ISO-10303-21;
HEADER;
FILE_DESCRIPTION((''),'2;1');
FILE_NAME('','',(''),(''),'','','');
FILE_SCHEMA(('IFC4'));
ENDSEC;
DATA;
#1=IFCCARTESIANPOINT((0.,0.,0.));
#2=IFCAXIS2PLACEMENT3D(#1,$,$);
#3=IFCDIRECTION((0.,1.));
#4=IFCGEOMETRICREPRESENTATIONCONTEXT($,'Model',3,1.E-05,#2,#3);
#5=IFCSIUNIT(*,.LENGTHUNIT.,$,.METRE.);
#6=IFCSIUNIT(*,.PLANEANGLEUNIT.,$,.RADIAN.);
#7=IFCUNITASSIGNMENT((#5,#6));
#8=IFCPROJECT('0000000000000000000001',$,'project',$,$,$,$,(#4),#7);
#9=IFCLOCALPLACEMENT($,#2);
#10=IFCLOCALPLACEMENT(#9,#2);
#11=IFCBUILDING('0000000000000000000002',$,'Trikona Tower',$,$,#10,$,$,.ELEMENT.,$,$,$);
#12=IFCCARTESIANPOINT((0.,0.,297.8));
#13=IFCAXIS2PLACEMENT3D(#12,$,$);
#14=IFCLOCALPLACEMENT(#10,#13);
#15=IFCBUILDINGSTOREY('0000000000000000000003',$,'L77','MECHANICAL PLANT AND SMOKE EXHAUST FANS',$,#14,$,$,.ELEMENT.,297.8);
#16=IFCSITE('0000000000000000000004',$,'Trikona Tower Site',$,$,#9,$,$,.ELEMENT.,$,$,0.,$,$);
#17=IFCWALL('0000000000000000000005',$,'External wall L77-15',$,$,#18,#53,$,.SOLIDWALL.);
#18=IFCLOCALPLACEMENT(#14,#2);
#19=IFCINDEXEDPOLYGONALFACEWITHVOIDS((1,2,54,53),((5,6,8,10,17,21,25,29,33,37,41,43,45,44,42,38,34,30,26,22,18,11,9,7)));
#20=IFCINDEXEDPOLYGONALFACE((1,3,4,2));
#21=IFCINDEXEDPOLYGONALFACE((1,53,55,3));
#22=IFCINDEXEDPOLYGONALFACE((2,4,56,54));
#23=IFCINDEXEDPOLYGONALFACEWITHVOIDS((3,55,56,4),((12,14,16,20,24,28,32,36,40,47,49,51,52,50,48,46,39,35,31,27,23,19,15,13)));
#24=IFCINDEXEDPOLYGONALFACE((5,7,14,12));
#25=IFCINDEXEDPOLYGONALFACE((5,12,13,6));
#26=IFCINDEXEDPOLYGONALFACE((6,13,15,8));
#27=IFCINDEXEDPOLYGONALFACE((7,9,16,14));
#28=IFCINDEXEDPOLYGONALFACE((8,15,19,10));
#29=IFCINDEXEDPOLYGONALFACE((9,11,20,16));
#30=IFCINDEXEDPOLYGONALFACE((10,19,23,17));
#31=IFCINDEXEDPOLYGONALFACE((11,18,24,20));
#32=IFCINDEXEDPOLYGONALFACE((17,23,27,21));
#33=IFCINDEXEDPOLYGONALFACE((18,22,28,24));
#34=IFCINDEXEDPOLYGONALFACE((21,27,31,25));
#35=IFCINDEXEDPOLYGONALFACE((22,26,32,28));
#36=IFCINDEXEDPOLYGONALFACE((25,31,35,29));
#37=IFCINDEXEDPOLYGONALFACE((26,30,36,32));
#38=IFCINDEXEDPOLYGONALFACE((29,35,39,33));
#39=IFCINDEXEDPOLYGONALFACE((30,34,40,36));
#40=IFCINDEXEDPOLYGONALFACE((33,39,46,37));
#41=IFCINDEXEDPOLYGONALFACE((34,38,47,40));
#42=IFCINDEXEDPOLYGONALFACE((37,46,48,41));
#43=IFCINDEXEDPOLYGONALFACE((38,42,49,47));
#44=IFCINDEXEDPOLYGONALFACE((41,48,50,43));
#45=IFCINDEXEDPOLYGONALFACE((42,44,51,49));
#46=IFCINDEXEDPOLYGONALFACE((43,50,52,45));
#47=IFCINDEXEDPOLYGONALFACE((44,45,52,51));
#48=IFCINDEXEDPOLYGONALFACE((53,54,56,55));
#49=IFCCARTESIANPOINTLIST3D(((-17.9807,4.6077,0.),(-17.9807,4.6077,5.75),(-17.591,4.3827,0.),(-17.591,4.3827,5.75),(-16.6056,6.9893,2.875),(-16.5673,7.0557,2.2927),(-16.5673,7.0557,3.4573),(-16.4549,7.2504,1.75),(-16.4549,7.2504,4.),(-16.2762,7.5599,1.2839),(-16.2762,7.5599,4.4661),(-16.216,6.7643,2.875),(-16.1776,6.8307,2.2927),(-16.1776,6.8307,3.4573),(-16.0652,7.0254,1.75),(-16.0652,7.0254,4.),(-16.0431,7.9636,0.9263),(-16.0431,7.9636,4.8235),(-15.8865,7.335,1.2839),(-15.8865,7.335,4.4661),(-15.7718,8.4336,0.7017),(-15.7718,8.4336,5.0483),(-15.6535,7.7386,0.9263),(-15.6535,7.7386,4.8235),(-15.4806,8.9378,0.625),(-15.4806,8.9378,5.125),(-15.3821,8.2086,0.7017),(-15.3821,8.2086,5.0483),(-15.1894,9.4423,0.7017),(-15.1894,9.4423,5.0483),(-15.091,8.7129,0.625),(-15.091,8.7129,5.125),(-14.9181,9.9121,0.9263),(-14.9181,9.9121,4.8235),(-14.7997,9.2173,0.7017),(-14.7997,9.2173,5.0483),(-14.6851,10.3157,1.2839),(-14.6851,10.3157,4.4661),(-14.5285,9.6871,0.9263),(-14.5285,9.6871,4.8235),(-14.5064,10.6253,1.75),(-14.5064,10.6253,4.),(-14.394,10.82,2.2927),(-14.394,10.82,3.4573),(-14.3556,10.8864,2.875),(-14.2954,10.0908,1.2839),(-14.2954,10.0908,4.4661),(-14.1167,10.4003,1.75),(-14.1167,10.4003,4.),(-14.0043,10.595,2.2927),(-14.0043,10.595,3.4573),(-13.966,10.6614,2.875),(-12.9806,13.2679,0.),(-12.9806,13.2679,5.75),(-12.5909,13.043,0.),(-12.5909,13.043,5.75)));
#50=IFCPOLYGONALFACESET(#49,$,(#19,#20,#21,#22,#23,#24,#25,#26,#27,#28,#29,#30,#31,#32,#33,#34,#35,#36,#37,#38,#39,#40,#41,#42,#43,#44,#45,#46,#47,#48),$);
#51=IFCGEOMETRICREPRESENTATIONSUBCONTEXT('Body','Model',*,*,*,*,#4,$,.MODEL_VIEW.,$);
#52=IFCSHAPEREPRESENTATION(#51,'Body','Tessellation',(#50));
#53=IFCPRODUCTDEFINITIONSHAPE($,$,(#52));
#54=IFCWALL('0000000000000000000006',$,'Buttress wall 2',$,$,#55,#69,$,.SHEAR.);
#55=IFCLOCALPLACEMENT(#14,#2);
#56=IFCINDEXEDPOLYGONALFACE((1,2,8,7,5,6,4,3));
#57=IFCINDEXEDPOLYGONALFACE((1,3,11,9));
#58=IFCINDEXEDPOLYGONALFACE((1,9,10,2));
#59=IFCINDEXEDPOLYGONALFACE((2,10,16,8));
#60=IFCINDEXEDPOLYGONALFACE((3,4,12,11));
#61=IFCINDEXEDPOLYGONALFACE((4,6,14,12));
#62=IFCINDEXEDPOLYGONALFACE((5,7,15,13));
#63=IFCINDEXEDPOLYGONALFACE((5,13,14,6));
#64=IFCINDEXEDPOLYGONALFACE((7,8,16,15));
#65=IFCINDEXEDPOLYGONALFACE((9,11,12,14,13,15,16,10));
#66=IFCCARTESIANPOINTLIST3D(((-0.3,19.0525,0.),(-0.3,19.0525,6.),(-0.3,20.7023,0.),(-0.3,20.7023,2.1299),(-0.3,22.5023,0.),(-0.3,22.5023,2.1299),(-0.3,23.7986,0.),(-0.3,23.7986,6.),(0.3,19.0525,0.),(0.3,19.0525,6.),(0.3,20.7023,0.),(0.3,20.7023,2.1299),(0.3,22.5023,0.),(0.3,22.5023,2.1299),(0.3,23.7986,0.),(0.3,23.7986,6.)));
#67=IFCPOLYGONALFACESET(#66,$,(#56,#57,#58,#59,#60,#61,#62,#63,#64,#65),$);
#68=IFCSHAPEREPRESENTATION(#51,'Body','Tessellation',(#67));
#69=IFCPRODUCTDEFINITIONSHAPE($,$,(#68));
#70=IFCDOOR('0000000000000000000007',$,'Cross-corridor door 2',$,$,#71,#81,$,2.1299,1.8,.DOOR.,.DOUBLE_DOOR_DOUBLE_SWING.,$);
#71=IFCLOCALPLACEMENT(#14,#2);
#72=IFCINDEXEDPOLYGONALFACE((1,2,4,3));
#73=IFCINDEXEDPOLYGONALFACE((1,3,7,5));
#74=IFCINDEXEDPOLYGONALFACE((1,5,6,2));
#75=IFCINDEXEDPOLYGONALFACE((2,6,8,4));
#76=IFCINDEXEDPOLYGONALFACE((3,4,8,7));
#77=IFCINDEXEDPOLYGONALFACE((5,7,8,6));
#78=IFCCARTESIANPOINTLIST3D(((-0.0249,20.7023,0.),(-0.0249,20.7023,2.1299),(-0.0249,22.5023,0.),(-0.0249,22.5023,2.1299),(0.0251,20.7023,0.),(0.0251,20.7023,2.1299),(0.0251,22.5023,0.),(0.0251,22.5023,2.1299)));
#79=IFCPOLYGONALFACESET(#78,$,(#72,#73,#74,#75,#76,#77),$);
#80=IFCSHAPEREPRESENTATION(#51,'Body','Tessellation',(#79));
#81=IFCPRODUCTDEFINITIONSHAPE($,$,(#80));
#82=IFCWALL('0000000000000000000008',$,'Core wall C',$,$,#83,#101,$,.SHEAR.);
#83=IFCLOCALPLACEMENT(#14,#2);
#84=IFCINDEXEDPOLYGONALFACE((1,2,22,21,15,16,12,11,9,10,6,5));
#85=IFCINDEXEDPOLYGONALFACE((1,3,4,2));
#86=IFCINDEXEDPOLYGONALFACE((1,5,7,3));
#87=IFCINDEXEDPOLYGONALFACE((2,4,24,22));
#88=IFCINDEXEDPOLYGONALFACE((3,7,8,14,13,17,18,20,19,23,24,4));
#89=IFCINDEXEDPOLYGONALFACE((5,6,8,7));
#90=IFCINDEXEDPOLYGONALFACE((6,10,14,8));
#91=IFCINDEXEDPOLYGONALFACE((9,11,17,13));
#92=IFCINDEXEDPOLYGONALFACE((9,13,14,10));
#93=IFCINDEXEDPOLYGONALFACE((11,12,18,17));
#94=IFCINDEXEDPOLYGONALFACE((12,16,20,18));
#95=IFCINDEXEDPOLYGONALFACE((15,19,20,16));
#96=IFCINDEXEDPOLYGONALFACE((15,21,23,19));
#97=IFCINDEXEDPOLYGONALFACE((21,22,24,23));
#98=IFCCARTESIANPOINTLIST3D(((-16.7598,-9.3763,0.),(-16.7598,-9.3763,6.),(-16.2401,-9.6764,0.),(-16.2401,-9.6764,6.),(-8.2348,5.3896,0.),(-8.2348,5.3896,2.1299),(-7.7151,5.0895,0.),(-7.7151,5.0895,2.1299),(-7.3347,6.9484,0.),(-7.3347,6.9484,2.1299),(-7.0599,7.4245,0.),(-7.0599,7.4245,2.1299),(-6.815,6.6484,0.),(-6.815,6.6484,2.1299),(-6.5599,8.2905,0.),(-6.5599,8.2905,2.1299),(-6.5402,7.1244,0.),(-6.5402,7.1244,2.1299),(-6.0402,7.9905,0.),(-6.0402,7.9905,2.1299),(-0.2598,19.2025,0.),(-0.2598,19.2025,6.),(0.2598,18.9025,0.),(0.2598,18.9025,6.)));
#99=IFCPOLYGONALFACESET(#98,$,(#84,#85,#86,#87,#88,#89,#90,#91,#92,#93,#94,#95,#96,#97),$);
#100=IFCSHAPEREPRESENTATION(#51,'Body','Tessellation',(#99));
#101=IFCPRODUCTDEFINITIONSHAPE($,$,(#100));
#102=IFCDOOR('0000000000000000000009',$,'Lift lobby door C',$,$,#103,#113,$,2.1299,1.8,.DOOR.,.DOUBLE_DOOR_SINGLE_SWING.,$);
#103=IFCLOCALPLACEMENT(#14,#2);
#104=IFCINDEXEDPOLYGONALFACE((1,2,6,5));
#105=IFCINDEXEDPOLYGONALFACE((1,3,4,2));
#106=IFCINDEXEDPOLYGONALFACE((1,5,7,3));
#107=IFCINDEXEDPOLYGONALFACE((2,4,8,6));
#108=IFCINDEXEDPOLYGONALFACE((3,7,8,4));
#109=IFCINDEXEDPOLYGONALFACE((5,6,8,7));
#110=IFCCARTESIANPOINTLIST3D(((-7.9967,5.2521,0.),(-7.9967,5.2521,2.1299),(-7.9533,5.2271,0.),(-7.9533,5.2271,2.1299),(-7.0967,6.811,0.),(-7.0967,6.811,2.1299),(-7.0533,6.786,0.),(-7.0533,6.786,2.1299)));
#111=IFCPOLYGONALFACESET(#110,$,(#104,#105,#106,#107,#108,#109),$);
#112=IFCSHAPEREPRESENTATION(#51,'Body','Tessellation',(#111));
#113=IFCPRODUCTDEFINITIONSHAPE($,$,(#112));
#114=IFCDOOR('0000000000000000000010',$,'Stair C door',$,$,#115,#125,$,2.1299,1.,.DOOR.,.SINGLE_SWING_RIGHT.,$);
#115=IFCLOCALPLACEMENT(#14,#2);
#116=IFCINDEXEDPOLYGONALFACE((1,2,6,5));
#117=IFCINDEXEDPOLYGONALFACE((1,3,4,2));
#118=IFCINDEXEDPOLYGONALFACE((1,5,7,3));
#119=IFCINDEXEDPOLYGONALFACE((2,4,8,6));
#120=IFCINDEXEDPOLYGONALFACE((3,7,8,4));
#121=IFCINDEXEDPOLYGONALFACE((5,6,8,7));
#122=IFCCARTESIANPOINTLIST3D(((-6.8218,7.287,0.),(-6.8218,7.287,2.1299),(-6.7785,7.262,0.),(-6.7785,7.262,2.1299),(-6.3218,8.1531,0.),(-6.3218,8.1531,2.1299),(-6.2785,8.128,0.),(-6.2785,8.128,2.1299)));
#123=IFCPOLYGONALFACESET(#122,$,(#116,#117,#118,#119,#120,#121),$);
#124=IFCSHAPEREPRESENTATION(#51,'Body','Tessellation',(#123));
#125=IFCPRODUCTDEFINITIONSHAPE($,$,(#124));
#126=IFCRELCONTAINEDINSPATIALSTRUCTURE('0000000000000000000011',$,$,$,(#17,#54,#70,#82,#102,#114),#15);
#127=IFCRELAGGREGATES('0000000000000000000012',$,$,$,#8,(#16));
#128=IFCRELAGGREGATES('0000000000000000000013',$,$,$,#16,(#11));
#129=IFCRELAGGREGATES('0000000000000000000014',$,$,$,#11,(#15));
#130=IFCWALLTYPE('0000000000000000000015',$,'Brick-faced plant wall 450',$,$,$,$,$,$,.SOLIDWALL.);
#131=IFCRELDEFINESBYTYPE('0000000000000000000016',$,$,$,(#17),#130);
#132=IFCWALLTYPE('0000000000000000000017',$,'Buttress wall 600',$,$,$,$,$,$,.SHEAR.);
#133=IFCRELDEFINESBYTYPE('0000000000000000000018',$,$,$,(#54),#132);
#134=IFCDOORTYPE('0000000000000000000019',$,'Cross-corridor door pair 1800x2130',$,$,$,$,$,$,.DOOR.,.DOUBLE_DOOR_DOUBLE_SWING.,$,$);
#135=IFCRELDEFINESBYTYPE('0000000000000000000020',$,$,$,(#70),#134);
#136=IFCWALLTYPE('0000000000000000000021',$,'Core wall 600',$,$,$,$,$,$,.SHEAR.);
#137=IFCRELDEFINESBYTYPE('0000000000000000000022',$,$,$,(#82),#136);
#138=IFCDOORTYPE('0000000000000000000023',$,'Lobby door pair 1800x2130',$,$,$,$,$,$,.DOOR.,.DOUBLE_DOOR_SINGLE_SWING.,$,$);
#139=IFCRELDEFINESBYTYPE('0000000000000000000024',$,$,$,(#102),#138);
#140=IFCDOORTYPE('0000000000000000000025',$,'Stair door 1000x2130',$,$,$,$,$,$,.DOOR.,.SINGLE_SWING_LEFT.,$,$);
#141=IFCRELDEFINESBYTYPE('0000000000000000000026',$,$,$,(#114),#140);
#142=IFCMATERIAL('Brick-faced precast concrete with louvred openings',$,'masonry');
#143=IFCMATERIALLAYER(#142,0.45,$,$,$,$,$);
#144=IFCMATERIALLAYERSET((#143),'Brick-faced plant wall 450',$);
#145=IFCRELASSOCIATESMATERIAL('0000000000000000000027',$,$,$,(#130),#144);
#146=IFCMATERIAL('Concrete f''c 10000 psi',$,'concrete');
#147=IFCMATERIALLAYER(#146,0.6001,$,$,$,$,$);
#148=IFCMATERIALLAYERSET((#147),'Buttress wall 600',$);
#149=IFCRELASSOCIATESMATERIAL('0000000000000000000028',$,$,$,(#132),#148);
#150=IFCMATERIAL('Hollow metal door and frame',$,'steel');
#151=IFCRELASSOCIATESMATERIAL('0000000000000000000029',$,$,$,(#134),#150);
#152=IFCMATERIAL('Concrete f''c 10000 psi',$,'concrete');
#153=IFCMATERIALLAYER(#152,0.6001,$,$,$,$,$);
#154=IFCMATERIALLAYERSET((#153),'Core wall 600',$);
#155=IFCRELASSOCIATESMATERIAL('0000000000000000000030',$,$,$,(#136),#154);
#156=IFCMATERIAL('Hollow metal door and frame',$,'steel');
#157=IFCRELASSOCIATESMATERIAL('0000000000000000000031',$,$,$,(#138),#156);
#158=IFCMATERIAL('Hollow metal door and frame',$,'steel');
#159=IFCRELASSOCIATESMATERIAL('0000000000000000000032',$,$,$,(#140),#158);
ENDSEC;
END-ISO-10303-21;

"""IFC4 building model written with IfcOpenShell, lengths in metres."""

from ifc_helpers import new_model, si_unit, direction, frame, frame_2d, origin, place, context, subcontext, project, spatial, polyline, rectangle, outline, extrude, material, layer, layer_set, type_object, element, fill, save


model = new_model("IFC4")

# Units and contexts
model_context = context("Model", 3, precision=1e-05, world=origin(), true_north=direction((0.0, 1.0)))
body_context = subcontext(model_context, "Body", "Model", "MODEL_VIEW")
ifc_project = project(units=[si_unit("LENGTHUNIT", "METRE"), si_unit("PLANEANGLEUNIT", "RADIAN")], contexts=[model_context])

# Site, building, storey
site_placement = place(None, origin())
site = spatial("IfcSite", under=ifc_project, at=site_placement, Name="Trikona Tower Site", CompositionType="ELEMENT", RefElevation=0.0)
building_placement = place(site_placement, origin())
building = spatial("IfcBuilding", under=site, at=building_placement, Name="Trikona Tower", CompositionType="ELEMENT")
storey_placement = place(building_placement, frame((0.0, 0.0, 297.8)))
storey = spatial("IfcBuildingStorey", under=building, at=storey_placement, Name="L77", Description="MECHANICAL PLANT AND SMOKE EXHAUST FANS", CompositionType="ELEMENT", Elevation=297.8)

# Wall
ifc_material_1 = material(Name="Brick-faced precast concrete with louvred openings", Category="masonry")
ifc_layer_1 = layer(ifc_material_1, 0.45)
ifc_layer_set_1 = layer_set([ifc_layer_1], Name="Brick-faced plant wall 450")
wall_type_1 = type_object("IfcWallType", Name="Brick-faced plant wall 450", PredefinedType="SOLIDWALL", material=ifc_layer_set_1)
wall_1_placement = place(storey_placement, frame((-12.7859, 13.1555, 0.0), z_axis=(0.0, 0.0, 1.0), x_axis=(-0.500004, -0.866023, 0.0)))
element("IfcWall", 1, at=wall_1_placement, inside=storey, type_object=wall_type_1, Name="External wall L77-15", PredefinedType="SOLIDWALL", context=body_context, shape_type="SweptSolid", body=[
    extrude(outline(polyline([(0.0, 0.0), (10.0, 0.0), (10.0, 5.75), (0.0, 5.75), (0.0, 0.0)]), holes=[polyline([(7.25, 2.875), (7.1733, 3.4573), (6.9485, 4.0), (6.5911, 4.4661), (6.125, 4.8235), (5.5823, 5.0483), (5.0, 5.125), (4.4175, 5.0483), (3.875, 4.8235), (3.4089, 4.4661), (3.0515, 4.0), (2.8267, 3.4573), (2.75, 2.875), (2.8267, 2.2927), (3.0515, 1.75), (3.4089, 1.2839), (3.875, 0.9263), (4.4175, 0.7017), (5.0, 0.625), (5.5823, 0.7017), (6.125, 0.9263), (6.5911, 1.2839), (6.9485, 1.75), (7.1733, 2.2927), (7.25, 2.875)])]), frame((0.0, 0.2251, 0.0), z_axis=(0.0, -1.0, 0.0), x_axis=(1.0, 0.0, 0.0)), (0.0, 0.0, 1.0), 0.45),
])

# Wall, opening, door
ifc_material_2 = material(Name="Concrete f'c 10000 psi", Category="concrete")
ifc_layer_2 = layer(ifc_material_2, 0.6001)
ifc_layer_set_2 = layer_set([ifc_layer_2], Name="Buttress wall 600")
wall_type_2 = type_object("IfcWallType", Name="Buttress wall 600", PredefinedType="SHEAR", material=ifc_layer_set_2)
wall_2_placement = place(storey_placement, frame((0.0, 19.0525, 0.0), z_axis=(0.0, 0.0, 1.0), x_axis=(0.0, 1.0, 0.0)))
wall_2 = element("IfcWall", 2, at=wall_2_placement, inside=storey, type_object=wall_type_2, Name="Buttress wall 2", PredefinedType="SHEAR", context=body_context, shape_type="SweptSolid", body=[
    extrude(rectangle(XDim=4.7461, YDim=0.6001, at=frame_2d((2.373, 0.0))), origin(), (0.0, 0.0, 1.0), 6.0),
])
opening_1_placement = place(wall_2_placement, frame((1.6499, 0.0, 0.0)))
opening_1 = element("IfcOpeningElement", 3, at=opening_1_placement, cuts=wall_2, PredefinedType="OPENING", context=body_context, shape_type="SweptSolid", body=[
    extrude(rectangle(XDim=1.8, YDim=2.1299, at=frame_2d((0.8999, 1.0649))), frame((0.0, 0.3101, 0.0), z_axis=(0.0, -1.0, 0.0), x_axis=(1.0, 0.0, 0.0)), (0.0, 0.0, 1.0), 0.6201),
])
ifc_material_3 = material(Name="Hollow metal door and frame", Category="steel")
door_type_1 = type_object("IfcDoorType", Name="Cross-corridor door pair 1800x2130", OperationType="DOUBLE_DOOR_DOUBLE_SWING", PredefinedType="DOOR", material=ifc_material_3)
door_1_placement = place(opening_1_placement, origin())
door_1 = element("IfcDoor", 4, at=door_1_placement, inside=storey, type_object=door_type_1, Name="Cross-corridor door 2", OperationType="DOUBLE_DOOR_DOUBLE_SWING", OverallHeight=2.1299, OverallWidth=1.8, PredefinedType="DOOR", context=body_context, shape_type="SweptSolid", body=[
    extrude(rectangle(XDim=1.8, YDim=2.1299, at=frame_2d((0.8999, 1.0649))), frame((0.0, 0.0249, 0.0), z_axis=(0.0, -1.0, 0.0), x_axis=(1.0, 0.0, 0.0)), (0.0, 0.0, 1.0), 0.05),
])
fill(opening_1, door_1)

# Wall, openings, doors
ifc_material_4 = material(Name="Concrete f'c 10000 psi", Category="concrete")
ifc_layer_3 = layer(ifc_material_4, 0.6001)
ifc_layer_set_3 = layer_set([ifc_layer_3], Name="Core wall 600")
wall_type_3 = type_object("IfcWallType", Name="Core wall 600", PredefinedType="SHEAR", material=ifc_layer_set_3)
wall_3_placement = place(storey_placement, frame((0.0, 19.0525, 0.0), z_axis=(0.0, 0.0, 1.0), x_axis=(-0.5, -0.866026, 0.0)))
wall_3 = element("IfcWall", 5, at=wall_3_placement, inside=storey, type_object=wall_type_3, Name="Core wall C", PredefinedType="SHEAR", context=body_context, shape_type="SweptSolid", body=[
    extrude(rectangle(XDim=33.0, YDim=0.6001, at=frame_2d((16.5, 0.0))), origin(), (0.0, 0.0, 1.0), 6.0),
])
opening_2_placement = place(wall_3_placement, frame((14.1499, 0.0, 0.0)))
opening_2 = element("IfcOpeningElement", 6, at=opening_2_placement, cuts=wall_3, PredefinedType="OPENING", context=body_context, shape_type="SweptSolid", body=[
    extrude(rectangle(XDim=1.8, YDim=2.1299, at=frame_2d((0.8999, 1.0649))), frame((0.0, 0.3101, 0.0), z_axis=(0.0, -1.0, 0.0), x_axis=(1.0, 0.0, 0.0)), (0.0, 0.0, 1.0), 0.6201),
])
opening_3_placement = place(wall_3_placement, frame((12.6001, 0.0, 0.0)))
opening_3 = element("IfcOpeningElement", 7, at=opening_3_placement, cuts=wall_3, PredefinedType="OPENING", context=body_context, shape_type="SweptSolid", body=[
    extrude(rectangle(XDim=1.0, YDim=2.1299, at=frame_2d((0.5, 1.0649))), frame((0.0, 0.3101, 0.0), z_axis=(0.0, -1.0, 0.0), x_axis=(1.0, 0.0, 0.0)), (0.0, 0.0, 1.0), 0.6201),
])
ifc_material_5 = material(Name="Hollow metal door and frame", Category="steel")
door_type_2 = type_object("IfcDoorType", Name="Lobby door pair 1800x2130", OperationType="DOUBLE_DOOR_SINGLE_SWING", PredefinedType="DOOR", material=ifc_material_5)
door_2_placement = place(opening_2_placement, origin())
door_2 = element("IfcDoor", 8, at=door_2_placement, inside=storey, type_object=door_type_2, Name="Lift lobby door C", OperationType="DOUBLE_DOOR_SINGLE_SWING", OverallHeight=2.1299, OverallWidth=1.8, PredefinedType="DOOR", context=body_context, shape_type="SweptSolid", body=[
    extrude(rectangle(XDim=1.8, YDim=2.1299, at=frame_2d((0.8999, 1.0649))), frame((0.0, 0.0249, 0.0), z_axis=(0.0, -1.0, 0.0), x_axis=(1.0, 0.0, 0.0)), (0.0, 0.0, 1.0), 0.05),
])
fill(opening_2, door_2)
ifc_material_6 = material(Name="Hollow metal door and frame", Category="steel")
door_type_3 = type_object("IfcDoorType", Name="Stair door 1000x2130", OperationType="SINGLE_SWING_LEFT", PredefinedType="DOOR", material=ifc_material_6)
door_3_placement = place(opening_3_placement, origin())
door_3 = element("IfcDoor", 9, at=door_3_placement, inside=storey, type_object=door_type_3, Name="Stair C door", OperationType="SINGLE_SWING_RIGHT", OverallHeight=2.1299, OverallWidth=1.0, PredefinedType="DOOR", context=body_context, shape_type="SweptSolid", body=[
    extrude(rectangle(XDim=1.0, YDim=2.1299, at=frame_2d((0.5, 1.0649))), frame((0.0, 0.0249, 0.0), z_axis=(0.0, -1.0, 0.0), x_axis=(1.0, 0.0, 0.0)), (0.0, 0.0, 1.0), 0.05),
])
fill(opening_3, door_3)

save(model, "model.ifc")
